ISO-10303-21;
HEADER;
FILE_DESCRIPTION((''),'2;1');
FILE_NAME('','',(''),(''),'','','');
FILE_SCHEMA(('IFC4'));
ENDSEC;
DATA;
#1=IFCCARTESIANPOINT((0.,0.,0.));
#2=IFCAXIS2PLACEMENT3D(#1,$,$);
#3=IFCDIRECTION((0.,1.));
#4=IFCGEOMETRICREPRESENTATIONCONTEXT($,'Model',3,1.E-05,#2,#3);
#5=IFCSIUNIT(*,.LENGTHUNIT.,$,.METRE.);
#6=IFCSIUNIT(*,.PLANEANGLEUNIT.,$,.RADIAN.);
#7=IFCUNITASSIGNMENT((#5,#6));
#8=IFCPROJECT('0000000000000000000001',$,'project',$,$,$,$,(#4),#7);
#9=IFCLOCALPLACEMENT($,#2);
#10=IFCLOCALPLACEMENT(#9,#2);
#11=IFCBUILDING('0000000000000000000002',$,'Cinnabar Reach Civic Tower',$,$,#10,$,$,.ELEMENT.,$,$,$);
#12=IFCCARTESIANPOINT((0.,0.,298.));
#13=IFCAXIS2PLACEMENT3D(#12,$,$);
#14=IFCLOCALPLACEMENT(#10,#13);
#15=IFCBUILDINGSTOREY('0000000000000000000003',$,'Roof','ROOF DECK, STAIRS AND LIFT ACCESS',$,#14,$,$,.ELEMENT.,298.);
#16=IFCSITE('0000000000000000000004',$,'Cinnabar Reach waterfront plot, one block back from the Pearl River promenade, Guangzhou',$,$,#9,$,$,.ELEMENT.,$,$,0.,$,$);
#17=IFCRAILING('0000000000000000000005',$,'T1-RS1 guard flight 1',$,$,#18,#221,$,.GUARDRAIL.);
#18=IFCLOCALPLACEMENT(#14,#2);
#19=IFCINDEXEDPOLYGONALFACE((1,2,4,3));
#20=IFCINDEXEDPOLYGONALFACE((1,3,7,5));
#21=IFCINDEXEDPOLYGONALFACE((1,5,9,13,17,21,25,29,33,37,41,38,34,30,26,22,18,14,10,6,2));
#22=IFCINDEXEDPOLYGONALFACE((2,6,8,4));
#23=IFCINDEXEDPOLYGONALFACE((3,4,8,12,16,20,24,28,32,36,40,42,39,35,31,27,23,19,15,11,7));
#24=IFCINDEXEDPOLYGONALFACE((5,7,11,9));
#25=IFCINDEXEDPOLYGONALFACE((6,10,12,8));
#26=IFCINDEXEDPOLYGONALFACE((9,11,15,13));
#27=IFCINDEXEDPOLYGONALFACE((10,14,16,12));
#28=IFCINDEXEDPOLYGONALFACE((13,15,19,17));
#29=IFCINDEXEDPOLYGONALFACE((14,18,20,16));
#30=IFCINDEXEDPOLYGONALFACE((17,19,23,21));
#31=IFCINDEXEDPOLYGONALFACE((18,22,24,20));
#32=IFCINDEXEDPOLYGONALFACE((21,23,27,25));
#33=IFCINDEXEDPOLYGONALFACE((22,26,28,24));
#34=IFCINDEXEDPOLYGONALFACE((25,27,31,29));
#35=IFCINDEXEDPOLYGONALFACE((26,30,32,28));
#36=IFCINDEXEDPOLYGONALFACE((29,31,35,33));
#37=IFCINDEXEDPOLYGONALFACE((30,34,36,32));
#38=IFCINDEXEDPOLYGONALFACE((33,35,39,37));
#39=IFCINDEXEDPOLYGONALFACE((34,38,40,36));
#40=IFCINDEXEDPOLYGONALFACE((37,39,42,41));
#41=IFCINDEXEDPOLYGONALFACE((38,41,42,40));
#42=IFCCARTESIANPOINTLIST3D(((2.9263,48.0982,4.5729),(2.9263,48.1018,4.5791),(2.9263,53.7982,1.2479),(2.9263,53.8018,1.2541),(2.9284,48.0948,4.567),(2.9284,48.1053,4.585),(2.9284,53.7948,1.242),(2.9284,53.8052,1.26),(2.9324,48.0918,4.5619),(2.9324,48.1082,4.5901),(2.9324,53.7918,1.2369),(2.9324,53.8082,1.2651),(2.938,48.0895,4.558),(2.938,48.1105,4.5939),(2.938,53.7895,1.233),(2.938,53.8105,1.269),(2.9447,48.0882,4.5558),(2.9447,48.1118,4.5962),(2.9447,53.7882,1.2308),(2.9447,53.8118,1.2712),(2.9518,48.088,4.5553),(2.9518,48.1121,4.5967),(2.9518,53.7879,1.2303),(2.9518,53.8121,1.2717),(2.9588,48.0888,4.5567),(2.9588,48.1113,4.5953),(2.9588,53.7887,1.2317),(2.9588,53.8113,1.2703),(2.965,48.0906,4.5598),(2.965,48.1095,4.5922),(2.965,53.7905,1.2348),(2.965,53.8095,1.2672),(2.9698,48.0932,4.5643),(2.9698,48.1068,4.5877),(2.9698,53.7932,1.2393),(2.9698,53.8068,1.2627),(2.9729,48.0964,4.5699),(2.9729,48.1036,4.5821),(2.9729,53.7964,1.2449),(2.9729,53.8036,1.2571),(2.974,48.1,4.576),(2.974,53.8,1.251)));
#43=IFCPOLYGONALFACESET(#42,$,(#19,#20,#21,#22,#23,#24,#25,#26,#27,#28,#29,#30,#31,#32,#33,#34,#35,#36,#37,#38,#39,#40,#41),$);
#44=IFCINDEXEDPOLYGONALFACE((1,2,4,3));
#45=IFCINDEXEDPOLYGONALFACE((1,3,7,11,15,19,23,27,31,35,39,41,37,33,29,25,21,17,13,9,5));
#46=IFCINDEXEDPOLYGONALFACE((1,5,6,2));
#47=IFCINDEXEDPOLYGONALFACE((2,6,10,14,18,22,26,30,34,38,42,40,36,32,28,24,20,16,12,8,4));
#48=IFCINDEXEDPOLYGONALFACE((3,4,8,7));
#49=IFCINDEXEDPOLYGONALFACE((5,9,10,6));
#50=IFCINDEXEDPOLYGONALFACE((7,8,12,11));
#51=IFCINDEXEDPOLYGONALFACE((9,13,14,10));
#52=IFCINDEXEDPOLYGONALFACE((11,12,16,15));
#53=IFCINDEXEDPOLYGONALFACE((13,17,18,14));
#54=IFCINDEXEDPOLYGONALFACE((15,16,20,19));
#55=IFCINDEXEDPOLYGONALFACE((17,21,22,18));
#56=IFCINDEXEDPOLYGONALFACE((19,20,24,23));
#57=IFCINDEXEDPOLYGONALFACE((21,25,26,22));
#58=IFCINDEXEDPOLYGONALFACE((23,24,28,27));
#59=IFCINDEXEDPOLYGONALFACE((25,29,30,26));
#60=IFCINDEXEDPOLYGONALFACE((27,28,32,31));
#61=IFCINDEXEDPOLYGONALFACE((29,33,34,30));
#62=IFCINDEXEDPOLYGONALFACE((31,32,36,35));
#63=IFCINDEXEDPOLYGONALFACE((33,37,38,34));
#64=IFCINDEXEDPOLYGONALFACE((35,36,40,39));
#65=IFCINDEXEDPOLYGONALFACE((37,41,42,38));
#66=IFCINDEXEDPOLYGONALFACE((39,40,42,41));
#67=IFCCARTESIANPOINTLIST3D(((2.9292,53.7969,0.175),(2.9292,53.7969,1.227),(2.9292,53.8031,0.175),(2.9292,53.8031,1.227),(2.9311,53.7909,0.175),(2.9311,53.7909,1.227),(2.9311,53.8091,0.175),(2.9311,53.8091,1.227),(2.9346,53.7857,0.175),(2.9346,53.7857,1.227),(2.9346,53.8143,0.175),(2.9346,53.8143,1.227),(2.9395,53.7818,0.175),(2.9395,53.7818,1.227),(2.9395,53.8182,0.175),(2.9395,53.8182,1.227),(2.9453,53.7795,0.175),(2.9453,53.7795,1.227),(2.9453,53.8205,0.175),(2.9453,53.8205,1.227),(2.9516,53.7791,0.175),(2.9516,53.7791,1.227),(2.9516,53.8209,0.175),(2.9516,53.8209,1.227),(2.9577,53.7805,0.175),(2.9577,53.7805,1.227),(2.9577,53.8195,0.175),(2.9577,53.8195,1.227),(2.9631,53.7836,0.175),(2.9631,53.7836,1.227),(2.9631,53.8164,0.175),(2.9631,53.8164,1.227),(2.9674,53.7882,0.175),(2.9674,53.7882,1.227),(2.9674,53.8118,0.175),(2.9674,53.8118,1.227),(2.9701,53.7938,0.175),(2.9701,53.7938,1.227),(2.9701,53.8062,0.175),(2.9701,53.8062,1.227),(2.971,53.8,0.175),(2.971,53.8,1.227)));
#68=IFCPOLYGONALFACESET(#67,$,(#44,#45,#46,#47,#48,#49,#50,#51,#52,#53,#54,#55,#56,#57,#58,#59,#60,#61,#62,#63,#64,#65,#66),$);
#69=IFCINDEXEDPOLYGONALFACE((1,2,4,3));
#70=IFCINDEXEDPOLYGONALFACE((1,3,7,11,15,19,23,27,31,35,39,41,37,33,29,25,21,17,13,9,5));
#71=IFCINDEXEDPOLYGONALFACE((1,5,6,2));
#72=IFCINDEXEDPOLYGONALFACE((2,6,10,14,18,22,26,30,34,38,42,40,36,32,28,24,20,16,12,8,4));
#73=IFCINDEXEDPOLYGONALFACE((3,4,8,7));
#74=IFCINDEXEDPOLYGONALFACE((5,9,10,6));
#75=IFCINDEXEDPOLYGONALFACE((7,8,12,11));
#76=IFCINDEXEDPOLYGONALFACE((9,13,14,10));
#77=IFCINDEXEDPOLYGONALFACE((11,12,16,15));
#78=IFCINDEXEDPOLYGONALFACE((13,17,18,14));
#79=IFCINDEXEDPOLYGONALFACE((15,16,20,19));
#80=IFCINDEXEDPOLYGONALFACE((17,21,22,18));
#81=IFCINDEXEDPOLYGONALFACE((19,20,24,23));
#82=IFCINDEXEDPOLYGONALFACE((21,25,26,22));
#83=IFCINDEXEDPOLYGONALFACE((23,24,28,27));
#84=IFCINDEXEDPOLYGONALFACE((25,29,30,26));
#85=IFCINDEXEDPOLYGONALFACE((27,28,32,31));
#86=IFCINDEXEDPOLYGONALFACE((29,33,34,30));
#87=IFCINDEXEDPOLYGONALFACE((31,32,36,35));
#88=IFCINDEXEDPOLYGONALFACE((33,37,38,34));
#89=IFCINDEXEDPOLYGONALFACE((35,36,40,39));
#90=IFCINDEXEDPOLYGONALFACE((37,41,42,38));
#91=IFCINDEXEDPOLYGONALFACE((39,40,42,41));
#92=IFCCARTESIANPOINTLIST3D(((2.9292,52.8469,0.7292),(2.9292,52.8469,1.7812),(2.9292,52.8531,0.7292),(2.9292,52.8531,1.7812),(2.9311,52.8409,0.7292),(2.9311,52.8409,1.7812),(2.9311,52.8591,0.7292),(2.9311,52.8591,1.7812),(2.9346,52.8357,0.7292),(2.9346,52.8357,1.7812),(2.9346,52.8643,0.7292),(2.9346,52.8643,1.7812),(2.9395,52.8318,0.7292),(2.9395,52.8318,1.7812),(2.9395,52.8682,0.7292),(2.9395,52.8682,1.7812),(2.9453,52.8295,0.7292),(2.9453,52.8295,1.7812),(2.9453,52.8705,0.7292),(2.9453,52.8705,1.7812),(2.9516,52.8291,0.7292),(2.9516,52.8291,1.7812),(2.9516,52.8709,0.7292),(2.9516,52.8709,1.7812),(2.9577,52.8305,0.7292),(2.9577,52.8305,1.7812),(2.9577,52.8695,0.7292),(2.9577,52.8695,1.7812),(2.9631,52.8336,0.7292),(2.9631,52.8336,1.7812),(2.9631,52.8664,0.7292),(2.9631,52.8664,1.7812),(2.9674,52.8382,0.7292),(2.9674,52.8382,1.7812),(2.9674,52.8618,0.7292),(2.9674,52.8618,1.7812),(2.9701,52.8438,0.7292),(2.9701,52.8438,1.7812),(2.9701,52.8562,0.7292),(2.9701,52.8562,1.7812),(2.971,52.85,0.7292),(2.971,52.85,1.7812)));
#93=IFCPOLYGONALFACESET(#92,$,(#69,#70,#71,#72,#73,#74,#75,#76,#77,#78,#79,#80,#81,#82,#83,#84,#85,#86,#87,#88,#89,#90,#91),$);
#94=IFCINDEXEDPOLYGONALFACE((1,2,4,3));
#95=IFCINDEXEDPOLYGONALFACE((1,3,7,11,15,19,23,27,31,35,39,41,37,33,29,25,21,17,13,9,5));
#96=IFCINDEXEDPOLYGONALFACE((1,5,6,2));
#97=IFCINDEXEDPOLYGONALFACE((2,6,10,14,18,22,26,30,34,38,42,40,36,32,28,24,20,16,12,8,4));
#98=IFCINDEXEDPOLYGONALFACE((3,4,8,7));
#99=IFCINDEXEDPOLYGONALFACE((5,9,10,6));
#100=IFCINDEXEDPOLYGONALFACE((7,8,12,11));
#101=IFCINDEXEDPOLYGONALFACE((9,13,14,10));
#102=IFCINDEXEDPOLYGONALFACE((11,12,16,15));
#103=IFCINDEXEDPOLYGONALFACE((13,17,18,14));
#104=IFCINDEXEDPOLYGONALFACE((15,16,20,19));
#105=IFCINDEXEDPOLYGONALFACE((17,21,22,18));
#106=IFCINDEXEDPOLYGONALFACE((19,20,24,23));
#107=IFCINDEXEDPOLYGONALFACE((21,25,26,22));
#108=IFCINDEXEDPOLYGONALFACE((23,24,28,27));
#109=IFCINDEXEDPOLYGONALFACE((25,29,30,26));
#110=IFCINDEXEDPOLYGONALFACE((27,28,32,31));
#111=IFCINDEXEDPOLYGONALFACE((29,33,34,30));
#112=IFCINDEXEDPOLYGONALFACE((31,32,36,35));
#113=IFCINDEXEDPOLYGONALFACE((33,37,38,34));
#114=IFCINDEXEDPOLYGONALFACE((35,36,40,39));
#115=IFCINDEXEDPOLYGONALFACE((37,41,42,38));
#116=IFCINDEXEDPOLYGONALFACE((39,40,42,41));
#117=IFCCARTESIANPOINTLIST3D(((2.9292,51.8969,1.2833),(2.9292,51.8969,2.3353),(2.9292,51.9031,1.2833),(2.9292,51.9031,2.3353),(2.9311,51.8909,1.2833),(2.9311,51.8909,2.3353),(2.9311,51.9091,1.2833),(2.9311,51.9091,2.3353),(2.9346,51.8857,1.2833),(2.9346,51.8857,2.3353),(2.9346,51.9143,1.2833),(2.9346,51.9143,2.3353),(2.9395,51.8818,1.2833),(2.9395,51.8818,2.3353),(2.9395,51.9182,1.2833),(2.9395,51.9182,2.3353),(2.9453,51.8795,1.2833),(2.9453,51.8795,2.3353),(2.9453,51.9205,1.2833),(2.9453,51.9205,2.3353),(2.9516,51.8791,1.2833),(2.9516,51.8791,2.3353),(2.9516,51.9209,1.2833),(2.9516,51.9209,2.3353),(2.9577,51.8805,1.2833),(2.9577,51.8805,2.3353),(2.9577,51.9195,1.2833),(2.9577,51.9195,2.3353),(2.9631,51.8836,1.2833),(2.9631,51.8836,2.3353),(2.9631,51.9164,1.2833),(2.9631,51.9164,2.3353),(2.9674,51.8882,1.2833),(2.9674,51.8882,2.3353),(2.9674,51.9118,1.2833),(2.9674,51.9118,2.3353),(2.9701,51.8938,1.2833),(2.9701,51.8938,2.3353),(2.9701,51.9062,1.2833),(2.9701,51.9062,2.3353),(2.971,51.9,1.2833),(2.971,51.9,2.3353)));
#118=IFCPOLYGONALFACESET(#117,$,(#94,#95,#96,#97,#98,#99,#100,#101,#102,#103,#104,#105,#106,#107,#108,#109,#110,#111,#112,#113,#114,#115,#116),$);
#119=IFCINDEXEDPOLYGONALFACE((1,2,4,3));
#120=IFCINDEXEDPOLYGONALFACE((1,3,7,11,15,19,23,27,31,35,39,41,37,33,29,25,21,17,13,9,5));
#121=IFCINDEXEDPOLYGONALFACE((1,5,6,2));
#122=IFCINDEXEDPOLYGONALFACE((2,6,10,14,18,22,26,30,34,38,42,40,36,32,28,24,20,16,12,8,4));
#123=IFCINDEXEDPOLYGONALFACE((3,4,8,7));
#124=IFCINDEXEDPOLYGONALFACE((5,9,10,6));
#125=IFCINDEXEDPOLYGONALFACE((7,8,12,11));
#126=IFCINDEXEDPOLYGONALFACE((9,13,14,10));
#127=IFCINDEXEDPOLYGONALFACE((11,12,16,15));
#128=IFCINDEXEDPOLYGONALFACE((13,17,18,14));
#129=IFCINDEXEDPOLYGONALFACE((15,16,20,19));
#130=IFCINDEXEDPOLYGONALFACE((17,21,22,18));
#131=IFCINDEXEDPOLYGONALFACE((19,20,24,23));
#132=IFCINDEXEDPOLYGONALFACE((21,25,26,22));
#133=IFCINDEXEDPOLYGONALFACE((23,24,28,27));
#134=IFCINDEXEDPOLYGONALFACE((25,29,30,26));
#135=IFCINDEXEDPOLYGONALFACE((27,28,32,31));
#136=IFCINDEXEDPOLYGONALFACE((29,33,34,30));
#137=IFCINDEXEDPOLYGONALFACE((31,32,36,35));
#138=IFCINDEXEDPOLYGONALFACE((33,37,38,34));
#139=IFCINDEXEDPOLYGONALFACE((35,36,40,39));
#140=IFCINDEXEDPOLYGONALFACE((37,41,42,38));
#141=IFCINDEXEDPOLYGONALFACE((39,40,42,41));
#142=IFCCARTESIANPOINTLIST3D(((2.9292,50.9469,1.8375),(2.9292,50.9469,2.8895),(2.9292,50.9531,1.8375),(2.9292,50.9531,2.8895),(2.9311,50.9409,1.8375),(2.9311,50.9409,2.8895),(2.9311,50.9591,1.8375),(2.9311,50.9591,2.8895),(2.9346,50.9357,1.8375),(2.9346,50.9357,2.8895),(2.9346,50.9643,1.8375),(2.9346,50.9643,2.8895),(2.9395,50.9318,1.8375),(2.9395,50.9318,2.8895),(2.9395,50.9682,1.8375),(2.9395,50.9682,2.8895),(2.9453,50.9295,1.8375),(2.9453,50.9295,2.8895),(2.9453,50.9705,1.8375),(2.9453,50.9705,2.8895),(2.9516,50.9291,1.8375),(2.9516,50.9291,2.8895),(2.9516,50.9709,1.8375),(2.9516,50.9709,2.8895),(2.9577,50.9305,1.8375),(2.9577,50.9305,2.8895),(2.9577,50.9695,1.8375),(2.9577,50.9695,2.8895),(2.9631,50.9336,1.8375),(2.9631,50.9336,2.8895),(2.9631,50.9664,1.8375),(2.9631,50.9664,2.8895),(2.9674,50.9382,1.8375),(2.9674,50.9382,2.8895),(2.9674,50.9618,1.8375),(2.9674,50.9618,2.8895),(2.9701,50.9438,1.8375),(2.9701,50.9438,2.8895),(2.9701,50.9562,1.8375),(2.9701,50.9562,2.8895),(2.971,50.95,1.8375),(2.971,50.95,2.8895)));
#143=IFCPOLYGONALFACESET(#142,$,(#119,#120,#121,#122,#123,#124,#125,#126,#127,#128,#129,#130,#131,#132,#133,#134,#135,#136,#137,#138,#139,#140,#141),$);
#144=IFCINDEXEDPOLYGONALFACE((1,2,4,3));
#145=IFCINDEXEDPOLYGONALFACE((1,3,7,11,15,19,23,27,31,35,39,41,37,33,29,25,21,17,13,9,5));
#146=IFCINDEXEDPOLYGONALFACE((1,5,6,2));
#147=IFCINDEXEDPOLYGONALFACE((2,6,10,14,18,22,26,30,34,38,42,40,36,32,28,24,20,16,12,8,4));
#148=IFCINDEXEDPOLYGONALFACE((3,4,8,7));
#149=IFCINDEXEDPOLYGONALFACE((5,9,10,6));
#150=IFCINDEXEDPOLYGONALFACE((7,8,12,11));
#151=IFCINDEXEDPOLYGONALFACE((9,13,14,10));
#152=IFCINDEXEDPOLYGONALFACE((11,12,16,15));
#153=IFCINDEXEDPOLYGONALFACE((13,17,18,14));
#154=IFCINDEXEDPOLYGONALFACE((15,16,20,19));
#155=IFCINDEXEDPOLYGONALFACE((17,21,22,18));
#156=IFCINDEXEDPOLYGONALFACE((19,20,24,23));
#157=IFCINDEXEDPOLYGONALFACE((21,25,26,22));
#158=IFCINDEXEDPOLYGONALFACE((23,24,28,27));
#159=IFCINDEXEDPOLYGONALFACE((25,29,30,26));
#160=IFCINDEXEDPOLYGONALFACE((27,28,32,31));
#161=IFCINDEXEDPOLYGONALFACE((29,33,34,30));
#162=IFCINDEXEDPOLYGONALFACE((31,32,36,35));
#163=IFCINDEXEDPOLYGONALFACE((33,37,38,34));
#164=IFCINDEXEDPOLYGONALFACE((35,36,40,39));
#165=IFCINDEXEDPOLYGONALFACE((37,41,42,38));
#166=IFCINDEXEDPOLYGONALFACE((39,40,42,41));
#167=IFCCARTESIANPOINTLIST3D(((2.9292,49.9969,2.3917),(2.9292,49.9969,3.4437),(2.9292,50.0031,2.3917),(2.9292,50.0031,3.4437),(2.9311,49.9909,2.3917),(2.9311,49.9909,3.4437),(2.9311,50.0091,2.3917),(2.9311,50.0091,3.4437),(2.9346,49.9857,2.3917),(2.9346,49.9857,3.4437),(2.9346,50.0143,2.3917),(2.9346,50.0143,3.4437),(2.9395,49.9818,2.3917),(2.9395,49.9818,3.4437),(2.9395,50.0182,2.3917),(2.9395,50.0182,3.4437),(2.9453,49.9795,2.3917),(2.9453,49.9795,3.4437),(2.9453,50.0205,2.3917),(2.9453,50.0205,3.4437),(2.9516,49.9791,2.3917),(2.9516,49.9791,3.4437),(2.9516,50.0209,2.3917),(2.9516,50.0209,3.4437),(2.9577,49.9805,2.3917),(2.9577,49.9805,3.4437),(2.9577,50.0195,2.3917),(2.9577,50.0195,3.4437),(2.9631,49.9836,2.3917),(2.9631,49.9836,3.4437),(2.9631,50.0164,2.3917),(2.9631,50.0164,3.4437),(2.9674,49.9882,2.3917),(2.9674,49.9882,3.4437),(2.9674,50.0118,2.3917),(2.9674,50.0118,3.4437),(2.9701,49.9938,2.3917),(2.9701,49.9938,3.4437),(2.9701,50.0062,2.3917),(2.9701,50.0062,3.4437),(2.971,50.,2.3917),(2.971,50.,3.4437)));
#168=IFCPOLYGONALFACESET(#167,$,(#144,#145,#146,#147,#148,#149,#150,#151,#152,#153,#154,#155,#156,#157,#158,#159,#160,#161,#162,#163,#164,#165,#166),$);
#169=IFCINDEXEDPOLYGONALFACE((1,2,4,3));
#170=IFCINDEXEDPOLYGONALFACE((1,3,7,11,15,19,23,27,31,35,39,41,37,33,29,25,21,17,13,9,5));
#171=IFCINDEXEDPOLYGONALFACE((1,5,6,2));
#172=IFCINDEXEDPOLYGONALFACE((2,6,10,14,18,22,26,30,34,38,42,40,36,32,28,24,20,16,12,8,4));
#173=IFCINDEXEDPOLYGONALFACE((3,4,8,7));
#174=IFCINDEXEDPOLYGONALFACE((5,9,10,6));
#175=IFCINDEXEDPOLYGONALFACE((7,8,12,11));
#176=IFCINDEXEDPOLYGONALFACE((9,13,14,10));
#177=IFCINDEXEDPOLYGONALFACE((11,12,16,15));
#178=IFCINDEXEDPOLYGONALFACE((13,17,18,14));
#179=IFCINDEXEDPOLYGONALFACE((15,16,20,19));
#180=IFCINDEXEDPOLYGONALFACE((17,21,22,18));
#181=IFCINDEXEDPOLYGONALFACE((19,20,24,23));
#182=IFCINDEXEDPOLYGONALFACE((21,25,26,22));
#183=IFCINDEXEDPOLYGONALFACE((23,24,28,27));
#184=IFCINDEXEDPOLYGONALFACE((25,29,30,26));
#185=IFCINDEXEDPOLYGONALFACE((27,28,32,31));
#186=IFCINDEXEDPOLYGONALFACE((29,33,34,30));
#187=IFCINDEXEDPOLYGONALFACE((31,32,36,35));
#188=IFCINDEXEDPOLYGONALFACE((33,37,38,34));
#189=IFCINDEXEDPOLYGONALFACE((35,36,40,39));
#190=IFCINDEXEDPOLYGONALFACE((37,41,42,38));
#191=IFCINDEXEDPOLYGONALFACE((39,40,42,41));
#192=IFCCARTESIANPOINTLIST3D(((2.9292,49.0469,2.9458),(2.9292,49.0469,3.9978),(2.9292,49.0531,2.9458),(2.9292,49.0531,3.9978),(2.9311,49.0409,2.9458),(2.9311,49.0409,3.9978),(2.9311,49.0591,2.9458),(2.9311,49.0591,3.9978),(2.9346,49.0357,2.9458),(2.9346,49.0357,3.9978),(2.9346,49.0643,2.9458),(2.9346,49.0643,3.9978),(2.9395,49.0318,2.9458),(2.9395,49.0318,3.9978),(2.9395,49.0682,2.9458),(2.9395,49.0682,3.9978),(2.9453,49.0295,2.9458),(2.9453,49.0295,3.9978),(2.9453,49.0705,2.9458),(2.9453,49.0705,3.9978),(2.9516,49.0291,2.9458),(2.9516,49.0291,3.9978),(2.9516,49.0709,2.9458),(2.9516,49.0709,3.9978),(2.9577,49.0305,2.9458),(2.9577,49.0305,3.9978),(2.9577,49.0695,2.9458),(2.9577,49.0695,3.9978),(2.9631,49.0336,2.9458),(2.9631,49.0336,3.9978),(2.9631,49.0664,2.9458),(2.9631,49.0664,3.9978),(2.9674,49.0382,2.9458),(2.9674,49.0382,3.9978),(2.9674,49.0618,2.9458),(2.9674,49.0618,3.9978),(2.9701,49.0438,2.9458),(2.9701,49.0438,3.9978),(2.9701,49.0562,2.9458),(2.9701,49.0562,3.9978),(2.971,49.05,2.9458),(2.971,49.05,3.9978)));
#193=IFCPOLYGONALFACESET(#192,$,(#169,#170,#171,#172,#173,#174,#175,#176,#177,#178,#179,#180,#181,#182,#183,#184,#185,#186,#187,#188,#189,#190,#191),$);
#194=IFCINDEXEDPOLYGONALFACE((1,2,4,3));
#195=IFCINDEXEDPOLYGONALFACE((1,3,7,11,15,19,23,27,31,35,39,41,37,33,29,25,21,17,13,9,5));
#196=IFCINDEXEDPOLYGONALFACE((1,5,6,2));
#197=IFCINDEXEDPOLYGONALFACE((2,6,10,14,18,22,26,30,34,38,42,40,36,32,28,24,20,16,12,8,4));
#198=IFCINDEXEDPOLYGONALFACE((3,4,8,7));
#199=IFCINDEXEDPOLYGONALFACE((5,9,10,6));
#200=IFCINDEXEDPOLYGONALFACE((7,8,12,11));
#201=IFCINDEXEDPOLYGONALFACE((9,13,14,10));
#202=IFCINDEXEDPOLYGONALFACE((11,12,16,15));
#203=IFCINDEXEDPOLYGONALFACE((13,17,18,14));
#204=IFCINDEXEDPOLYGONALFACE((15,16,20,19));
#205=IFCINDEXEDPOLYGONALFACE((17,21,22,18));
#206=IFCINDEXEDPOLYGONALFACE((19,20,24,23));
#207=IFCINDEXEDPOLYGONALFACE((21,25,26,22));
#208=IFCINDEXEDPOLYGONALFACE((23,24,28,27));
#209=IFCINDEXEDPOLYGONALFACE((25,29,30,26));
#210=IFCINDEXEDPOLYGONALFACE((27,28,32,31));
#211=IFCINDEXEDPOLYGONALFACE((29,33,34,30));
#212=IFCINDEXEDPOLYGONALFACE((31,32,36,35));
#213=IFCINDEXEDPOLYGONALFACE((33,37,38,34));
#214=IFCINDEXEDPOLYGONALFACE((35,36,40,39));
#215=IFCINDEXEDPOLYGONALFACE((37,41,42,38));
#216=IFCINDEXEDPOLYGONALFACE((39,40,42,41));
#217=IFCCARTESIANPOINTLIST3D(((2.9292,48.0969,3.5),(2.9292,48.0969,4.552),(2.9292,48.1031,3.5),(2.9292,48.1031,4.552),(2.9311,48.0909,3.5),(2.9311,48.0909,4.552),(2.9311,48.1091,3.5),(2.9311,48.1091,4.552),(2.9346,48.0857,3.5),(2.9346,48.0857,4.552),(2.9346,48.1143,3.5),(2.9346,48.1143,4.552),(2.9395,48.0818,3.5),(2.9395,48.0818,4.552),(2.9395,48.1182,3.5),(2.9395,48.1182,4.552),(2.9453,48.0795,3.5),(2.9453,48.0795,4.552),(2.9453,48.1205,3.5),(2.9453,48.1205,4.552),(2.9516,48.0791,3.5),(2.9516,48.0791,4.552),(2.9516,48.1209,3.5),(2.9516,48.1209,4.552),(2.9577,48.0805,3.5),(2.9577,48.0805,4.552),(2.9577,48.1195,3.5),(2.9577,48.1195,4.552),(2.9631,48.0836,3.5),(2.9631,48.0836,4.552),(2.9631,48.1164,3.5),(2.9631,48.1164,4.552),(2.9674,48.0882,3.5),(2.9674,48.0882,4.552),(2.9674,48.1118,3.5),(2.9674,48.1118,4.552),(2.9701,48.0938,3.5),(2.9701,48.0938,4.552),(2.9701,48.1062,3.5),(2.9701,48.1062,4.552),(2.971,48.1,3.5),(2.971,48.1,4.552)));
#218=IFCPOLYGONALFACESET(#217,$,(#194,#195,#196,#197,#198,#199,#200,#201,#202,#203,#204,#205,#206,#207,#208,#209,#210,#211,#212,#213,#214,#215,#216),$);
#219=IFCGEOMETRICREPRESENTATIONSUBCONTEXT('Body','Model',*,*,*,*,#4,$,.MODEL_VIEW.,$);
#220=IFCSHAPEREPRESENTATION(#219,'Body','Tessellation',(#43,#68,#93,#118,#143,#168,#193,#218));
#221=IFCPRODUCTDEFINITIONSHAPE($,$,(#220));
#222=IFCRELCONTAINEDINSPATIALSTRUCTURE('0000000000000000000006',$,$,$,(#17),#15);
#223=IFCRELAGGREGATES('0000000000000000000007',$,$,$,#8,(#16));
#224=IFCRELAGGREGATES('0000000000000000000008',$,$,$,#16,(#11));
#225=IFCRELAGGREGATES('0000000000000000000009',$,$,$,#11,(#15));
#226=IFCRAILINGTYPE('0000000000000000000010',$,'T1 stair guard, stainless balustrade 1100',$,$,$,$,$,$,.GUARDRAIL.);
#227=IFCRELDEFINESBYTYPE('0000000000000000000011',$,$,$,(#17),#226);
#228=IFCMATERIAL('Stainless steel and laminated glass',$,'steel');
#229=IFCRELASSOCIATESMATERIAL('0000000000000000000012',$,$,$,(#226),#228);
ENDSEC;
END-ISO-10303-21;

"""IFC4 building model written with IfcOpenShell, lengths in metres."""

from ifc_helpers import new_model, si_unit, direction, frame, origin, origin_2d, place, context, subcontext, project, spatial, circle, extrude, material, type_object, element, save


model = new_model("IFC4")

# Units and contexts
model_context = context("Model", 3, precision=1e-05, world=origin(), true_north=direction((0.0, 1.0)))
body_context = subcontext(model_context, "Body", "Model", "MODEL_VIEW")
ifc_project = project(units=[si_unit("LENGTHUNIT", "METRE"), si_unit("PLANEANGLEUNIT", "RADIAN")], contexts=[model_context])

# Site, building, storey
site_placement = place(None, origin())
site = spatial("IfcSite", under=ifc_project, at=site_placement, Name="Cinnabar Reach waterfront plot, one block back from the Pearl River promenade, Guangzhou", CompositionType="ELEMENT", RefElevation=0.0)
building_placement = place(site_placement, origin())
building = spatial("IfcBuilding", under=site, at=building_placement, Name="Cinnabar Reach Civic Tower", CompositionType="ELEMENT")
storey_placement = place(building_placement, frame((0.0, 0.0, 298.0)))
storey = spatial("IfcBuildingStorey", under=building, at=storey_placement, Name="Roof", Description="ROOF DECK, STAIRS AND LIFT ACCESS", CompositionType="ELEMENT", Elevation=298.0)

# Shared definitions
ifc_material_1 = material(Name="Stainless steel and laminated glass", Category="steel")
railing_type_1 = type_object("IfcRailingType", Name="T1 stair guard, stainless balustrade 1100", PredefinedType="GUARDRAIL", material=ifc_material_1)

# Railing
railing_1_placement = place(storey_placement, frame((2.95, 53.8, 0.175)))
element("IfcRailing", 1, at=railing_1_placement, inside=storey, type_object=railing_type_1, Name="T1-RS1 guard flight 1", PredefinedType="GUARDRAIL", context=body_context, shape_type="SweptSolid", body=[
    extrude(circle(Radius=0.024, at=origin_2d()), frame((0.0, 0.0, 1.076), z_axis=(0.0, -0.863779, 0.503871), x_axis=(1.0, 0.0, 0.0)), (0.0, 0.0, 1.0), 6.5989),
    extrude(circle(Radius=0.021, at=origin_2d()), origin(), (0.0, 0.0, 1.0), 1.052),
    extrude(circle(Radius=0.021, at=origin_2d()), frame((0.0, -0.95, 0.5542)), (0.0, 0.0, 1.0), 1.052),
    extrude(circle(Radius=0.021, at=origin_2d()), frame((0.0, -1.9, 1.1083)), (0.0, 0.0, 1.0), 1.052),
    extrude(circle(Radius=0.021, at=origin_2d()), frame((0.0, -2.85, 1.6625)), (0.0, 0.0, 1.0), 1.052),
    extrude(circle(Radius=0.021, at=origin_2d()), frame((0.0, -3.8, 2.2167)), (0.0, 0.0, 1.0), 1.052),
    extrude(circle(Radius=0.021, at=origin_2d()), frame((0.0, -4.75, 2.7708)), (0.0, 0.0, 1.0), 1.052),
    extrude(circle(Radius=0.021, at=origin_2d()), frame((0.0, -5.7, 3.325)), (0.0, 0.0, 1.0), 1.052),
])

save(model, "model.ifc")
